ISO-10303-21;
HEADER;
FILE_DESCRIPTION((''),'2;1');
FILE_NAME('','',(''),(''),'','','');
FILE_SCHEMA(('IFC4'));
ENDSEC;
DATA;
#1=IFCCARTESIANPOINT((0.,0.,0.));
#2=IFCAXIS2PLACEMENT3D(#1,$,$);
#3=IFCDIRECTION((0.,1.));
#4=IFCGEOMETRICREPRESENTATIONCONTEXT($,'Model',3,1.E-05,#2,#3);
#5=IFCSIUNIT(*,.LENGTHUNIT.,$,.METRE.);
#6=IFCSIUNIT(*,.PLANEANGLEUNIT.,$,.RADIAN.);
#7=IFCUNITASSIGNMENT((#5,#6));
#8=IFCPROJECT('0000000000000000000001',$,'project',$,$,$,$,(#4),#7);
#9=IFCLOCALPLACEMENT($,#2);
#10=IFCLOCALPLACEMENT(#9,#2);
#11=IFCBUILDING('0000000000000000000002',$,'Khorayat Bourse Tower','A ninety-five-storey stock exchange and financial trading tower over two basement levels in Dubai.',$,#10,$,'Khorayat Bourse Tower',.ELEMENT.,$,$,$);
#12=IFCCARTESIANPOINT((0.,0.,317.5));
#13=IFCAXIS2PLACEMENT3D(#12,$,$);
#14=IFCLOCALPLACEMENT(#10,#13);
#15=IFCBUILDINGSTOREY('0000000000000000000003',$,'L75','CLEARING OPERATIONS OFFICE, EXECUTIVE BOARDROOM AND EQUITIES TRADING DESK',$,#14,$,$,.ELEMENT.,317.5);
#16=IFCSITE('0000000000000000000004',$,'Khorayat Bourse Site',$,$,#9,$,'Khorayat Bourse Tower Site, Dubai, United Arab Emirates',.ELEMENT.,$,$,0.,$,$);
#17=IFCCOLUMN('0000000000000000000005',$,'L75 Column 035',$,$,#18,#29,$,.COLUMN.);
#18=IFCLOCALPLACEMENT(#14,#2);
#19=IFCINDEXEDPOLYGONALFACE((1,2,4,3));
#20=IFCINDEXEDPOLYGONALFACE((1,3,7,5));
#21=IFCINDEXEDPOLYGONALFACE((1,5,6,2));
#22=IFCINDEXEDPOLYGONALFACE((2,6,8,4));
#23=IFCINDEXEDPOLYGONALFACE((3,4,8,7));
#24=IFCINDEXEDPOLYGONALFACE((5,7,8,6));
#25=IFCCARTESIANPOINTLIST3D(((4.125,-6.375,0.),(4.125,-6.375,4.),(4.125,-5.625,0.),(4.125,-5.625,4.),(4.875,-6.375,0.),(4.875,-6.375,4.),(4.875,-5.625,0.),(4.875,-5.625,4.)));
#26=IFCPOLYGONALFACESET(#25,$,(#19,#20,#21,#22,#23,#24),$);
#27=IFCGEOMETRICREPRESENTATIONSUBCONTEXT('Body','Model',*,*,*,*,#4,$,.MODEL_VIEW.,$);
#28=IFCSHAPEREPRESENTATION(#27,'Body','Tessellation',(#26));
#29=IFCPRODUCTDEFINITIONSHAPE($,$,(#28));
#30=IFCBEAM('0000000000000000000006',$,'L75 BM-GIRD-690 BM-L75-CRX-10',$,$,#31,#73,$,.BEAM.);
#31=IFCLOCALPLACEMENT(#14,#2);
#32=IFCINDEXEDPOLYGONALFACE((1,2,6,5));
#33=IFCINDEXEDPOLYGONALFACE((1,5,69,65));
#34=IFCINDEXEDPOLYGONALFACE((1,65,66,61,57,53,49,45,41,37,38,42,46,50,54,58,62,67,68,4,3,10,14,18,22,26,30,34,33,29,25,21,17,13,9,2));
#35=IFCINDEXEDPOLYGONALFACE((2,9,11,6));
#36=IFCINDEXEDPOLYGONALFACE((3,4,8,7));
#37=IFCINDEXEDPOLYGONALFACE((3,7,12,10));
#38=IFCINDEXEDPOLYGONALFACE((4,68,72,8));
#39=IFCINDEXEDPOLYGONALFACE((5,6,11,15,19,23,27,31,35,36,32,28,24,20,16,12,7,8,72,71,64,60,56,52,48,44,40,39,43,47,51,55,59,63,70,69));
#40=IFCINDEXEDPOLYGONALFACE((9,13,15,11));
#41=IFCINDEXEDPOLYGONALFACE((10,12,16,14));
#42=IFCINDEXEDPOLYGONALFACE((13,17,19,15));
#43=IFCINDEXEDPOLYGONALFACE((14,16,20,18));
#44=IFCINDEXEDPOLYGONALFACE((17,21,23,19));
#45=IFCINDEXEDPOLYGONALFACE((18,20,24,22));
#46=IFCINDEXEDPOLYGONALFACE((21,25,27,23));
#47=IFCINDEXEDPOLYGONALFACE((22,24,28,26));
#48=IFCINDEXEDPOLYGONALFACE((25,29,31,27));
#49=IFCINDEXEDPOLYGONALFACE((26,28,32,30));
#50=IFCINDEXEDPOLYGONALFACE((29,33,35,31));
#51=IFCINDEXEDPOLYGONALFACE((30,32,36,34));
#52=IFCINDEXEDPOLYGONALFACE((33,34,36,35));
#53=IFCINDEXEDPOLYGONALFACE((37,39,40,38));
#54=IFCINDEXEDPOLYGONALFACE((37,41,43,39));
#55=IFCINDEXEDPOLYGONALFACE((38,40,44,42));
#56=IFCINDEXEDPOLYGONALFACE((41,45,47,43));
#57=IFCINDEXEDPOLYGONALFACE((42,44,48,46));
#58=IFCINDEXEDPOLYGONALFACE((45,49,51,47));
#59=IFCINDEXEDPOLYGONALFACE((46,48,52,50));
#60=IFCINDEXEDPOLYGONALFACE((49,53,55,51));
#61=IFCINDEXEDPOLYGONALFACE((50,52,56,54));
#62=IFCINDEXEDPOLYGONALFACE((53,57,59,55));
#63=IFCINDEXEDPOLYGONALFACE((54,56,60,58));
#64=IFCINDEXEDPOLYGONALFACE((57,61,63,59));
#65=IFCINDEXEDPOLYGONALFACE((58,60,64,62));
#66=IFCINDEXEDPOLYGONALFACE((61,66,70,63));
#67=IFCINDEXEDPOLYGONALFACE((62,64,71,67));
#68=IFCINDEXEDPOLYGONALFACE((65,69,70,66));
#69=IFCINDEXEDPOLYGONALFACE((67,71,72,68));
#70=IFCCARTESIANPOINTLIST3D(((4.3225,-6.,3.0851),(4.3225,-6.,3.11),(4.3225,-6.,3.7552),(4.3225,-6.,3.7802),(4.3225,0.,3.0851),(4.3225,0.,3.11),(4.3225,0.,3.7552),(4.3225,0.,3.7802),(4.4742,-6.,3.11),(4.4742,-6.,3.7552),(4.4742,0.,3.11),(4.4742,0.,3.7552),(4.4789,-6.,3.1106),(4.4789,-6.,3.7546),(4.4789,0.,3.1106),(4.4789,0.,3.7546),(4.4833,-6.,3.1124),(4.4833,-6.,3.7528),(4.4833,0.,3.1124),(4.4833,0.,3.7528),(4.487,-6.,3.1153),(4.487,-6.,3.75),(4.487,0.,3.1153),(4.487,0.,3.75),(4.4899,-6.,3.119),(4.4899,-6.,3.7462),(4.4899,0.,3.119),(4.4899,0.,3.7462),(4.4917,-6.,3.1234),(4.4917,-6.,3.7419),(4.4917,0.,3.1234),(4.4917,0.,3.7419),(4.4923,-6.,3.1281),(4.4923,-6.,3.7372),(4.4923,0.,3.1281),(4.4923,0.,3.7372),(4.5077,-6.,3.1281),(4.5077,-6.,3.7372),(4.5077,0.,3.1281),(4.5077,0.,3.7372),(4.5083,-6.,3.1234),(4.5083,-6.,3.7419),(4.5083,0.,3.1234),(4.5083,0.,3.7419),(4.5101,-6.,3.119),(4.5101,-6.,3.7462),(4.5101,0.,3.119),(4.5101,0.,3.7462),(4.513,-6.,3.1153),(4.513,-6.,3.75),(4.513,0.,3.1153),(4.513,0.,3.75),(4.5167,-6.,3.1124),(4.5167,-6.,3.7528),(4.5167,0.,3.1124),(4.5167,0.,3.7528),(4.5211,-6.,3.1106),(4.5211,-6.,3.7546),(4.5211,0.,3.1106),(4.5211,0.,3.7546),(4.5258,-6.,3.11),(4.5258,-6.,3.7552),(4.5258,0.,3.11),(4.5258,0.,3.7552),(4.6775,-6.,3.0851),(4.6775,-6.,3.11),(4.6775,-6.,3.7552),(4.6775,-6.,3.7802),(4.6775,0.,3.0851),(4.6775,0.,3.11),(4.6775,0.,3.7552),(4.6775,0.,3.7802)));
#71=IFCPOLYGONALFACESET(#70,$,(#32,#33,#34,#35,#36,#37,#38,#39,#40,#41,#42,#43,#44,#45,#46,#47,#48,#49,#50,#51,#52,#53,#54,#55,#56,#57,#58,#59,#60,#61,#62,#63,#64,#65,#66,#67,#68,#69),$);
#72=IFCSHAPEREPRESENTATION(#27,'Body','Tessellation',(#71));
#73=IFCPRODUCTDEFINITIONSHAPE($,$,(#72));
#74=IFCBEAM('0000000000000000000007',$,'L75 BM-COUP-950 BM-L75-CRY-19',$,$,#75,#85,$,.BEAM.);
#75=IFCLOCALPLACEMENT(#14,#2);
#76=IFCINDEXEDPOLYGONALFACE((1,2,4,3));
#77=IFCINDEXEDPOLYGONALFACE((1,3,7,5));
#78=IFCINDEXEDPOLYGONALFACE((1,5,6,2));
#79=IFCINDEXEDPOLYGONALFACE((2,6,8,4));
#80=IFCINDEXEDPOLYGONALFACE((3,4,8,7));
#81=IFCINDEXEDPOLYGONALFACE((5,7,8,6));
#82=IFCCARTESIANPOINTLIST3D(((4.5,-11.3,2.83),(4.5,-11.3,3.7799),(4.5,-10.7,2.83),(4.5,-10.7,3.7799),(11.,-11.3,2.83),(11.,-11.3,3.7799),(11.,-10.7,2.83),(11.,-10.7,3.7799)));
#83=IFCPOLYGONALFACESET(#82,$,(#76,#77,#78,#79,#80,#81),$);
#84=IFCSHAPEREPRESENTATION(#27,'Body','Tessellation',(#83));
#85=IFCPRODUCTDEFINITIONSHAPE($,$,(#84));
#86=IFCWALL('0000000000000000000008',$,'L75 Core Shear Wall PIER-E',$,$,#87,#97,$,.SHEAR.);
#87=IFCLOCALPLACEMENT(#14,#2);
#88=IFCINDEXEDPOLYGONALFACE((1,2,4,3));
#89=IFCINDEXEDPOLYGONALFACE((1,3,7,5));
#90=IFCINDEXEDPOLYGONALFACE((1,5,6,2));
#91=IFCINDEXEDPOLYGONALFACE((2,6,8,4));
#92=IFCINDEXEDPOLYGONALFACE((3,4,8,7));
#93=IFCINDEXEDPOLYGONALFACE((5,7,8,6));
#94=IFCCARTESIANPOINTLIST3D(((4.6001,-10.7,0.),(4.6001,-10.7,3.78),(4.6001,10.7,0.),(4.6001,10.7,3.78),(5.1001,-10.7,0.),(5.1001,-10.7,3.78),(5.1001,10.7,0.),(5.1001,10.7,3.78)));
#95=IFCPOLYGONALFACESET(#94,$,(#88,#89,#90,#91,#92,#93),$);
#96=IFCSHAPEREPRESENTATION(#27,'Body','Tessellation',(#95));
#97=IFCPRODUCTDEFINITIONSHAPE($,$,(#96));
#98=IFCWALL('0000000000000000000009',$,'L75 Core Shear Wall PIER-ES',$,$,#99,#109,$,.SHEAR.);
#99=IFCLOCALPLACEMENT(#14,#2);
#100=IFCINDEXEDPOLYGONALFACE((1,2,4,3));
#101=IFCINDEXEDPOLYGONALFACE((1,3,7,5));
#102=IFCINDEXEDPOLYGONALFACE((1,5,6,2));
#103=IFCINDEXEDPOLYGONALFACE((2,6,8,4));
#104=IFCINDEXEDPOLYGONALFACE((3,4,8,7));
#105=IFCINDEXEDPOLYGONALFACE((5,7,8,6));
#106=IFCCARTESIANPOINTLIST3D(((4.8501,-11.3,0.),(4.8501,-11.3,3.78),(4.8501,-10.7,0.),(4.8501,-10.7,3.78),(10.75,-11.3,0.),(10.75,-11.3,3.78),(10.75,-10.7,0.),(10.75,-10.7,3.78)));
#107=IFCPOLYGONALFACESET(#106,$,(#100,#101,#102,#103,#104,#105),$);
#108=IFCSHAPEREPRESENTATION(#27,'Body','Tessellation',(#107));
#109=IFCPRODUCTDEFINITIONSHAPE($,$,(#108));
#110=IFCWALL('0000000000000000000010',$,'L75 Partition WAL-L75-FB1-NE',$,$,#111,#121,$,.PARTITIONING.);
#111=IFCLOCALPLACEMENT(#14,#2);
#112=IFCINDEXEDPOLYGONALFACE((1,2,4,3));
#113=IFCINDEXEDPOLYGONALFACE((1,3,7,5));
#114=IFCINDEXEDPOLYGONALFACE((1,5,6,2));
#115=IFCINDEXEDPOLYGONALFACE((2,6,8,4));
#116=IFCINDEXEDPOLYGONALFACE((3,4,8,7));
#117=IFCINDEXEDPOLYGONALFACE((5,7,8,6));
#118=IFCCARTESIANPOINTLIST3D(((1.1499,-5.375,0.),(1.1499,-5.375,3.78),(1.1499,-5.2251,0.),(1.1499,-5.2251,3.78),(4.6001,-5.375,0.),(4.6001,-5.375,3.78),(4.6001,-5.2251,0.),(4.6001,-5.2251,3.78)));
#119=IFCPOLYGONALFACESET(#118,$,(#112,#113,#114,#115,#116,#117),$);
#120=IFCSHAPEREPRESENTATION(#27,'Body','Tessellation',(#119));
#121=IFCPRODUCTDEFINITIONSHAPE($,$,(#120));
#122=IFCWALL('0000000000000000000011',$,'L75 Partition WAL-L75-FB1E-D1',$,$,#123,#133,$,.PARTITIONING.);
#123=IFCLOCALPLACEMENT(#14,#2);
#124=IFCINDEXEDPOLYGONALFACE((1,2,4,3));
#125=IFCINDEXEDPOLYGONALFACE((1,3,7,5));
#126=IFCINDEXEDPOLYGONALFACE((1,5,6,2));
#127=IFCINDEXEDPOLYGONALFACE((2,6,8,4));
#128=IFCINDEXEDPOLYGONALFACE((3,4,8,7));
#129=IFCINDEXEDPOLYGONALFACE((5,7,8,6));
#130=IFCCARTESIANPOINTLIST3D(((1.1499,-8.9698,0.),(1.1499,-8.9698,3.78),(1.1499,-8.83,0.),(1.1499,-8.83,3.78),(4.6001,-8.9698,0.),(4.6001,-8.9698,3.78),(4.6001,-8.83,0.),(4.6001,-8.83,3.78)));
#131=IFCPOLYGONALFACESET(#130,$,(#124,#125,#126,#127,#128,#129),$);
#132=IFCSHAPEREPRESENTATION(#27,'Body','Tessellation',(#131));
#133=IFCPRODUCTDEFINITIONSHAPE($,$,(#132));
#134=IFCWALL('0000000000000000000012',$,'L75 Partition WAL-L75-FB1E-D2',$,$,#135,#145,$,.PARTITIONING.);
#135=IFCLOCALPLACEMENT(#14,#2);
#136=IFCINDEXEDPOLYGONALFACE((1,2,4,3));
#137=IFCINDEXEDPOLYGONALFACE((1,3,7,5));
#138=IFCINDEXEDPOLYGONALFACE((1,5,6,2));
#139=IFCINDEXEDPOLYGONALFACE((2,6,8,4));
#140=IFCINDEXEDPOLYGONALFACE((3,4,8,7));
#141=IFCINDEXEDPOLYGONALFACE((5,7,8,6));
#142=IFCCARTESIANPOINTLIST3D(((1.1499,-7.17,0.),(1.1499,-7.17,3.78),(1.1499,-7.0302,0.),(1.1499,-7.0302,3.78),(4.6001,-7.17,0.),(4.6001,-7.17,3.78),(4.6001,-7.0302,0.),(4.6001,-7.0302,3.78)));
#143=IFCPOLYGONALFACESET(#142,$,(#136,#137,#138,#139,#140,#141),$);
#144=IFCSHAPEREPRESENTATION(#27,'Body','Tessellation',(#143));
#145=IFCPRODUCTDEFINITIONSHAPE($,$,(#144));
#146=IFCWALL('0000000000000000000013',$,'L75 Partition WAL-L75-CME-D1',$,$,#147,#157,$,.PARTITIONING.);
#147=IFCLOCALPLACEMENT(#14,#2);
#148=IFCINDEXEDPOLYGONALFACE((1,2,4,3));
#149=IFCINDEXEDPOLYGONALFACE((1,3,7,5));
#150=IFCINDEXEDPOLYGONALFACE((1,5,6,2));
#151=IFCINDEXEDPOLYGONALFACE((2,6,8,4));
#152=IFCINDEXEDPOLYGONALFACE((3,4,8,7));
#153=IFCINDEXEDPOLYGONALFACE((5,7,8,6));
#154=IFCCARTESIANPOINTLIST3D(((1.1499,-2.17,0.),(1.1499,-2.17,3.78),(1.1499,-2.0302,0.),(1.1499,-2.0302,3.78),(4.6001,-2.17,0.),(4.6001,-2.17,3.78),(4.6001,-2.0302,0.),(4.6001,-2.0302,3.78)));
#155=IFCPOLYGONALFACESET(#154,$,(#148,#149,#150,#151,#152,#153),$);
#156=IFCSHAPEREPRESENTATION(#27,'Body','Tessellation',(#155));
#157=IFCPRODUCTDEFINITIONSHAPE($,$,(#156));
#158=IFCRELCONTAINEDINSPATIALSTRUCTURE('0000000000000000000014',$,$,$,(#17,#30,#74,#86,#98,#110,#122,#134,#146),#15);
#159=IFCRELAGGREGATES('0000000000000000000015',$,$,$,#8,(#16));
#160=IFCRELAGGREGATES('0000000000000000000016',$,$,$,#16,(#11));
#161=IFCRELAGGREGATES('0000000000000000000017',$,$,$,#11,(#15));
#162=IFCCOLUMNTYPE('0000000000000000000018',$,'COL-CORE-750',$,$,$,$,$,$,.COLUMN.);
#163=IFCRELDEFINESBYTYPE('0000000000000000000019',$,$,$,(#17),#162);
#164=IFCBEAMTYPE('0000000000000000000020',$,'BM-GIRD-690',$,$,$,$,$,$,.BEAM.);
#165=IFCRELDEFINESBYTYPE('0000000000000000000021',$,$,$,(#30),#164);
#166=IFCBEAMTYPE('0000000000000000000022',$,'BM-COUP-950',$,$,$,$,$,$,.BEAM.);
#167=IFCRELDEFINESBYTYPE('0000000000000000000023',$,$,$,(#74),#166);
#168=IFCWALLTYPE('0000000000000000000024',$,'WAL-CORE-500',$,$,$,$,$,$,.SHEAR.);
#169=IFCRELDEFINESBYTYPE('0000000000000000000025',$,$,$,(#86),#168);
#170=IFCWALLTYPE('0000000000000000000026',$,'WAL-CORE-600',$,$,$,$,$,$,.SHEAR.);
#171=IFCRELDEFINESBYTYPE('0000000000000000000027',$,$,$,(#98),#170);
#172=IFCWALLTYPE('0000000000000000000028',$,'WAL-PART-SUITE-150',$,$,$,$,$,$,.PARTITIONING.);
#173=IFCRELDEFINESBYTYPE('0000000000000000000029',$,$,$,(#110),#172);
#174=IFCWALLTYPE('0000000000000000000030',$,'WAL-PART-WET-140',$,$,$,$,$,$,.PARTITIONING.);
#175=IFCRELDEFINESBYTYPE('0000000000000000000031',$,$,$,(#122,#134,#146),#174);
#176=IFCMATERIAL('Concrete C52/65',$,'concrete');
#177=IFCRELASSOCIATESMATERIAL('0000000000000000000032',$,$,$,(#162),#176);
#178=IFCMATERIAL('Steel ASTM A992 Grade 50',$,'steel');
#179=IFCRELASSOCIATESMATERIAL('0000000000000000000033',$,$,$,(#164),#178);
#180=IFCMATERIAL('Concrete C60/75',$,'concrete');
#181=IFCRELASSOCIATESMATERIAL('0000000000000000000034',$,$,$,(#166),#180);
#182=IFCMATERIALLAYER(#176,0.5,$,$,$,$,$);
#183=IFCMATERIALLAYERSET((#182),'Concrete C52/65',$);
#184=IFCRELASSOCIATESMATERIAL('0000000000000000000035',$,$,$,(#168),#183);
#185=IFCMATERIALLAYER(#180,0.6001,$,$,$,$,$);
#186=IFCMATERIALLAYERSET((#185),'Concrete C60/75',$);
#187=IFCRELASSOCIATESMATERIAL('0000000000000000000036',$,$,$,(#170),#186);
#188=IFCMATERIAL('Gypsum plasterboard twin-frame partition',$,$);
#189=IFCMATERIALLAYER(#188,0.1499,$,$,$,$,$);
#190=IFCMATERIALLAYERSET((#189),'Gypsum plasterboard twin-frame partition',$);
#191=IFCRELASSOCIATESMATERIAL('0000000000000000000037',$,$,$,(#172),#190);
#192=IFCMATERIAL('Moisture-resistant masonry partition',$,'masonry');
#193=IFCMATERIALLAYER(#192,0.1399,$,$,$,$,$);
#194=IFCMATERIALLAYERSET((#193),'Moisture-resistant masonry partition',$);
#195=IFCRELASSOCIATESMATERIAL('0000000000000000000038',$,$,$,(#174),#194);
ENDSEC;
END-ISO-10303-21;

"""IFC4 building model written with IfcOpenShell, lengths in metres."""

from ifc_helpers import new_model, si_unit, direction, frame, frame_2d, origin, origin_2d, place, context, subcontext, project, spatial, rectangle, i_section, extrude, source, transform, mapped, material, layer, layer_set, material_profile, profile_set, type_object, element, save


model = new_model("IFC4")

# Units and contexts
model_context = context("Model", 3, precision=1e-05, world=origin(), true_north=direction((0.0, 1.0)))
body_context = subcontext(model_context, "Body", "Model", "MODEL_VIEW")
ifc_project = project(units=[si_unit("LENGTHUNIT", "METRE"), si_unit("PLANEANGLEUNIT", "RADIAN")], contexts=[model_context])

# Site, building, storey
site_placement = place(None, origin())
site = spatial("IfcSite", under=ifc_project, at=site_placement, Name="Khorayat Bourse Site", LongName="Khorayat Bourse Tower Site, Dubai, United Arab Emirates", CompositionType="ELEMENT", RefElevation=0.0)
building_placement = place(site_placement, origin())
building = spatial("IfcBuilding", under=site, at=building_placement, Name="Khorayat Bourse Tower", Description="A ninety-five-storey stock exchange and financial trading tower over two basement levels in Dubai.", LongName="Khorayat Bourse Tower", CompositionType="ELEMENT")
storey_placement = place(building_placement, frame((0.0, 0.0, 317.5)))
storey = spatial("IfcBuildingStorey", under=building, at=storey_placement, Name="L75", Description="CLEARING OPERATIONS OFFICE, EXECUTIVE BOARDROOM AND EQUITIES TRADING DESK", CompositionType="ELEMENT", Elevation=317.5)

# Column
ifc_material_1 = material(Name="Concrete C52/65", Category="concrete")
ifc_material_profile_1 = material_profile(ifc_material_1, rectangle(XDim=0.75, YDim=0.75, at=origin_2d()), Name="RC 750x750")
ifc_profile_set_1 = profile_set([ifc_material_profile_1], Name="Concrete C52/65")
column_type = type_object("IfcColumnType", Name="COL-CORE-750", PredefinedType="COLUMN", material=ifc_profile_set_1)
shared_shape_1 = source(origin(), body_context, "Body", "SweptSolid", [
    extrude(rectangle(XDim=0.75, YDim=0.75, at=origin_2d()), origin(), (0.0, 0.0, 1.0), 4.0),
])
column_placement = place(storey_placement, frame((4.5, -6.0, 0.0), z_axis=(0.0, 0.0, 1.0), x_axis=(1.0, 0.0, 0.0)))
element("IfcColumn", 1, at=column_placement, inside=storey, type_object=column_type, Name="L75 Column 035", PredefinedType="COLUMN", context=body_context, shape_type="MappedRepresentation", body=[
    mapped(shared_shape_1, transform((0.0, 0.0, 0.0), scale=1.0)),
])

# Beams
ifc_material_2 = material(Name="Steel ASTM A992 Grade 50", Category="steel")
ifc_material_profile_2 = material_profile(ifc_material_2, i_section(OverallWidth=0.355, OverallDepth=0.6951, WebThickness=0.0154, FlangeThickness=0.0249, FilletRadius=0.0181, at=origin_2d()), Name="W690X217")
ifc_profile_set_2 = profile_set([ifc_material_profile_2], Name="Steel ASTM A992 Grade 50")
beam_type_1 = type_object("IfcBeamType", Name="BM-GIRD-690", PredefinedType="BEAM", material=ifc_profile_set_2)
shared_shape_2 = source(origin(), body_context, "Body", "SweptSolid", [
    extrude(i_section(OverallWidth=0.355, OverallDepth=0.6951, WebThickness=0.0154, FlangeThickness=0.0249, FilletRadius=0.0181, at=origin_2d()), origin(), (0.0, 0.0, 1.0), 6.0),
])
beam_1_placement = place(storey_placement, frame((4.5, -6.0, 3.4326), z_axis=(0.0, 1.0, 0.0), x_axis=(-1.0, 0.0, 0.0)))
element("IfcBeam", 2, at=beam_1_placement, inside=storey, type_object=beam_type_1, Name="L75 BM-GIRD-690 BM-L75-CRX-10", PredefinedType="BEAM", context=body_context, shape_type="MappedRepresentation", body=[
    mapped(shared_shape_2, transform((0.0, 0.0, 0.0), scale=1.0)),
])
ifc_material_3 = material(Name="Concrete C60/75", Category="concrete")
ifc_material_profile_3 = material_profile(ifc_material_3, rectangle(XDim=0.6001, YDim=0.95, at=origin_2d()), Name="RC 600x950")
ifc_profile_set_3 = profile_set([ifc_material_profile_3], Name="Concrete C60/75")
beam_type_2 = type_object("IfcBeamType", Name="BM-COUP-950", PredefinedType="BEAM", material=ifc_profile_set_3)
shared_shape_3 = source(origin(), body_context, "Body", "SweptSolid", [
    extrude(rectangle(XDim=0.6001, YDim=0.95, at=origin_2d()), origin(), (0.0, 0.0, 1.0), 6.5),
])
beam_2_placement = place(storey_placement, frame((4.5, -11.0, 3.3049), z_axis=(1.0, 0.0, 0.0), x_axis=(0.0, 1.0, 0.0)))
element("IfcBeam", 3, at=beam_2_placement, inside=storey, type_object=beam_type_2, Name="L75 BM-COUP-950 BM-L75-CRY-19", PredefinedType="BEAM", context=body_context, shape_type="MappedRepresentation", body=[
    mapped(shared_shape_3, transform((0.0, 0.0, 0.0), scale=1.0)),
])

# Walls
ifc_layer_1 = layer(ifc_material_1, 0.5)
ifc_layer_set_1 = layer_set([ifc_layer_1], Name="Concrete C52/65")
wall_type_1 = type_object("IfcWallType", Name="WAL-CORE-500", PredefinedType="SHEAR", material=ifc_layer_set_1)
shared_shape_4 = source(origin(), body_context, "Body", "SweptSolid", [
    extrude(rectangle(XDim=21.3999, YDim=0.5, at=frame_2d((10.7, 0.0))), origin(), (0.0, 0.0, 1.0), 3.78),
])
wall_1_placement = place(storey_placement, frame((4.8501, -10.7, 0.0), z_axis=(0.0, 0.0, 1.0), x_axis=(0.0, 1.0, 0.0)))
element("IfcWall", 4, at=wall_1_placement, inside=storey, type_object=wall_type_1, Name="L75 Core Shear Wall PIER-E", PredefinedType="SHEAR", context=body_context, shape_type="MappedRepresentation", body=[
    mapped(shared_shape_4, transform((0.0, 0.0, 0.0), scale=1.0)),
])
ifc_layer_2 = layer(ifc_material_3, 0.6001)
ifc_layer_set_2 = layer_set([ifc_layer_2], Name="Concrete C60/75")
wall_type_2 = type_object("IfcWallType", Name="WAL-CORE-600", PredefinedType="SHEAR", material=ifc_layer_set_2)
shared_shape_5 = source(origin(), body_context, "Body", "SweptSolid", [
    extrude(rectangle(XDim=5.8999, YDim=0.6001, at=frame_2d((2.95, 0.0))), origin(), (0.0, 0.0, 1.0), 3.78),
])
wall_2_placement = place(storey_placement, frame((4.8501, -11.0, 0.0), z_axis=(0.0, 0.0, 1.0), x_axis=(1.0, 0.0, 0.0)))
element("IfcWall", 5, at=wall_2_placement, inside=storey, type_object=wall_type_2, Name="L75 Core Shear Wall PIER-ES", PredefinedType="SHEAR", context=body_context, shape_type="MappedRepresentation", body=[
    mapped(shared_shape_5, transform((0.0, 0.0, 0.0), scale=1.0)),
])
ifc_material_4 = material(Name="Gypsum plasterboard twin-frame partition")
ifc_layer_3 = layer(ifc_material_4, 0.1499)
ifc_layer_set_3 = layer_set([ifc_layer_3], Name="Gypsum plasterboard twin-frame partition")
wall_type_3 = type_object("IfcWallType", Name="WAL-PART-SUITE-150", PredefinedType="PARTITIONING", material=ifc_layer_set_3)
shared_shape_6 = source(origin(), body_context, "Body", "SweptSolid", [
    extrude(rectangle(XDim=3.4502, YDim=0.1499, at=frame_2d((1.7251, 0.0))), origin(), (0.0, 0.0, 1.0), 3.78),
])
wall_3_placement = place(storey_placement, frame((1.1499, -5.3, 0.0), z_axis=(0.0, 0.0, 1.0), x_axis=(1.0, 0.0, 0.0)))
element("IfcWall", 6, at=wall_3_placement, inside=storey, type_object=wall_type_3, Name="L75 Partition WAL-L75-FB1-NE", PredefinedType="PARTITIONING", context=body_context, shape_type="MappedRepresentation", body=[
    mapped(shared_shape_6, transform((0.0, 0.0, 0.0), scale=1.0)),
])

# Walls
ifc_material_5 = material(Name="Moisture-resistant masonry partition", Category="masonry")
ifc_layer_4 = layer(ifc_material_5, 0.1399)
ifc_layer_set_4 = layer_set([ifc_layer_4], Name="Moisture-resistant masonry partition")
wall_type_4 = type_object("IfcWallType", Name="WAL-PART-WET-140", PredefinedType="PARTITIONING", material=ifc_layer_set_4)
shared_shape_7 = source(origin(), body_context, "Body", "SweptSolid", [
    extrude(rectangle(XDim=3.4502, YDim=0.1399, at=frame_2d((1.7251, 0.0))), origin(), (0.0, 0.0, 1.0), 3.78),
])
for number, where, z_axis, x_axis, name in (
    (7, (1.1499, -8.8999, 0.0), (0.0, 0.0, 1.0), (1.0, 0.0, 0.0), "L75 Partition WAL-L75-FB1E-D1"),
    (8, (1.1499, -7.1001, 0.0), (0.0, 0.0, 1.0), (1.0, 0.0, 0.0), "L75 Partition WAL-L75-FB1E-D2"),
    (9, (1.1499, -2.1001, 0.0), (0.0, 0.0, 1.0), (1.0, 0.0, 0.0), "L75 Partition WAL-L75-CME-D1"),
):
    element("IfcWall", number, at=place(storey_placement, frame(where, z_axis=z_axis, x_axis=x_axis)), inside=storey, type_object=wall_type_4, Name=name, PredefinedType="PARTITIONING", context=body_context, shape_type="MappedRepresentation", body=[
        mapped(shared_shape_7, transform((0.0, 0.0, 0.0), scale=1.0)),
    ])

save(model, "model.ifc")
